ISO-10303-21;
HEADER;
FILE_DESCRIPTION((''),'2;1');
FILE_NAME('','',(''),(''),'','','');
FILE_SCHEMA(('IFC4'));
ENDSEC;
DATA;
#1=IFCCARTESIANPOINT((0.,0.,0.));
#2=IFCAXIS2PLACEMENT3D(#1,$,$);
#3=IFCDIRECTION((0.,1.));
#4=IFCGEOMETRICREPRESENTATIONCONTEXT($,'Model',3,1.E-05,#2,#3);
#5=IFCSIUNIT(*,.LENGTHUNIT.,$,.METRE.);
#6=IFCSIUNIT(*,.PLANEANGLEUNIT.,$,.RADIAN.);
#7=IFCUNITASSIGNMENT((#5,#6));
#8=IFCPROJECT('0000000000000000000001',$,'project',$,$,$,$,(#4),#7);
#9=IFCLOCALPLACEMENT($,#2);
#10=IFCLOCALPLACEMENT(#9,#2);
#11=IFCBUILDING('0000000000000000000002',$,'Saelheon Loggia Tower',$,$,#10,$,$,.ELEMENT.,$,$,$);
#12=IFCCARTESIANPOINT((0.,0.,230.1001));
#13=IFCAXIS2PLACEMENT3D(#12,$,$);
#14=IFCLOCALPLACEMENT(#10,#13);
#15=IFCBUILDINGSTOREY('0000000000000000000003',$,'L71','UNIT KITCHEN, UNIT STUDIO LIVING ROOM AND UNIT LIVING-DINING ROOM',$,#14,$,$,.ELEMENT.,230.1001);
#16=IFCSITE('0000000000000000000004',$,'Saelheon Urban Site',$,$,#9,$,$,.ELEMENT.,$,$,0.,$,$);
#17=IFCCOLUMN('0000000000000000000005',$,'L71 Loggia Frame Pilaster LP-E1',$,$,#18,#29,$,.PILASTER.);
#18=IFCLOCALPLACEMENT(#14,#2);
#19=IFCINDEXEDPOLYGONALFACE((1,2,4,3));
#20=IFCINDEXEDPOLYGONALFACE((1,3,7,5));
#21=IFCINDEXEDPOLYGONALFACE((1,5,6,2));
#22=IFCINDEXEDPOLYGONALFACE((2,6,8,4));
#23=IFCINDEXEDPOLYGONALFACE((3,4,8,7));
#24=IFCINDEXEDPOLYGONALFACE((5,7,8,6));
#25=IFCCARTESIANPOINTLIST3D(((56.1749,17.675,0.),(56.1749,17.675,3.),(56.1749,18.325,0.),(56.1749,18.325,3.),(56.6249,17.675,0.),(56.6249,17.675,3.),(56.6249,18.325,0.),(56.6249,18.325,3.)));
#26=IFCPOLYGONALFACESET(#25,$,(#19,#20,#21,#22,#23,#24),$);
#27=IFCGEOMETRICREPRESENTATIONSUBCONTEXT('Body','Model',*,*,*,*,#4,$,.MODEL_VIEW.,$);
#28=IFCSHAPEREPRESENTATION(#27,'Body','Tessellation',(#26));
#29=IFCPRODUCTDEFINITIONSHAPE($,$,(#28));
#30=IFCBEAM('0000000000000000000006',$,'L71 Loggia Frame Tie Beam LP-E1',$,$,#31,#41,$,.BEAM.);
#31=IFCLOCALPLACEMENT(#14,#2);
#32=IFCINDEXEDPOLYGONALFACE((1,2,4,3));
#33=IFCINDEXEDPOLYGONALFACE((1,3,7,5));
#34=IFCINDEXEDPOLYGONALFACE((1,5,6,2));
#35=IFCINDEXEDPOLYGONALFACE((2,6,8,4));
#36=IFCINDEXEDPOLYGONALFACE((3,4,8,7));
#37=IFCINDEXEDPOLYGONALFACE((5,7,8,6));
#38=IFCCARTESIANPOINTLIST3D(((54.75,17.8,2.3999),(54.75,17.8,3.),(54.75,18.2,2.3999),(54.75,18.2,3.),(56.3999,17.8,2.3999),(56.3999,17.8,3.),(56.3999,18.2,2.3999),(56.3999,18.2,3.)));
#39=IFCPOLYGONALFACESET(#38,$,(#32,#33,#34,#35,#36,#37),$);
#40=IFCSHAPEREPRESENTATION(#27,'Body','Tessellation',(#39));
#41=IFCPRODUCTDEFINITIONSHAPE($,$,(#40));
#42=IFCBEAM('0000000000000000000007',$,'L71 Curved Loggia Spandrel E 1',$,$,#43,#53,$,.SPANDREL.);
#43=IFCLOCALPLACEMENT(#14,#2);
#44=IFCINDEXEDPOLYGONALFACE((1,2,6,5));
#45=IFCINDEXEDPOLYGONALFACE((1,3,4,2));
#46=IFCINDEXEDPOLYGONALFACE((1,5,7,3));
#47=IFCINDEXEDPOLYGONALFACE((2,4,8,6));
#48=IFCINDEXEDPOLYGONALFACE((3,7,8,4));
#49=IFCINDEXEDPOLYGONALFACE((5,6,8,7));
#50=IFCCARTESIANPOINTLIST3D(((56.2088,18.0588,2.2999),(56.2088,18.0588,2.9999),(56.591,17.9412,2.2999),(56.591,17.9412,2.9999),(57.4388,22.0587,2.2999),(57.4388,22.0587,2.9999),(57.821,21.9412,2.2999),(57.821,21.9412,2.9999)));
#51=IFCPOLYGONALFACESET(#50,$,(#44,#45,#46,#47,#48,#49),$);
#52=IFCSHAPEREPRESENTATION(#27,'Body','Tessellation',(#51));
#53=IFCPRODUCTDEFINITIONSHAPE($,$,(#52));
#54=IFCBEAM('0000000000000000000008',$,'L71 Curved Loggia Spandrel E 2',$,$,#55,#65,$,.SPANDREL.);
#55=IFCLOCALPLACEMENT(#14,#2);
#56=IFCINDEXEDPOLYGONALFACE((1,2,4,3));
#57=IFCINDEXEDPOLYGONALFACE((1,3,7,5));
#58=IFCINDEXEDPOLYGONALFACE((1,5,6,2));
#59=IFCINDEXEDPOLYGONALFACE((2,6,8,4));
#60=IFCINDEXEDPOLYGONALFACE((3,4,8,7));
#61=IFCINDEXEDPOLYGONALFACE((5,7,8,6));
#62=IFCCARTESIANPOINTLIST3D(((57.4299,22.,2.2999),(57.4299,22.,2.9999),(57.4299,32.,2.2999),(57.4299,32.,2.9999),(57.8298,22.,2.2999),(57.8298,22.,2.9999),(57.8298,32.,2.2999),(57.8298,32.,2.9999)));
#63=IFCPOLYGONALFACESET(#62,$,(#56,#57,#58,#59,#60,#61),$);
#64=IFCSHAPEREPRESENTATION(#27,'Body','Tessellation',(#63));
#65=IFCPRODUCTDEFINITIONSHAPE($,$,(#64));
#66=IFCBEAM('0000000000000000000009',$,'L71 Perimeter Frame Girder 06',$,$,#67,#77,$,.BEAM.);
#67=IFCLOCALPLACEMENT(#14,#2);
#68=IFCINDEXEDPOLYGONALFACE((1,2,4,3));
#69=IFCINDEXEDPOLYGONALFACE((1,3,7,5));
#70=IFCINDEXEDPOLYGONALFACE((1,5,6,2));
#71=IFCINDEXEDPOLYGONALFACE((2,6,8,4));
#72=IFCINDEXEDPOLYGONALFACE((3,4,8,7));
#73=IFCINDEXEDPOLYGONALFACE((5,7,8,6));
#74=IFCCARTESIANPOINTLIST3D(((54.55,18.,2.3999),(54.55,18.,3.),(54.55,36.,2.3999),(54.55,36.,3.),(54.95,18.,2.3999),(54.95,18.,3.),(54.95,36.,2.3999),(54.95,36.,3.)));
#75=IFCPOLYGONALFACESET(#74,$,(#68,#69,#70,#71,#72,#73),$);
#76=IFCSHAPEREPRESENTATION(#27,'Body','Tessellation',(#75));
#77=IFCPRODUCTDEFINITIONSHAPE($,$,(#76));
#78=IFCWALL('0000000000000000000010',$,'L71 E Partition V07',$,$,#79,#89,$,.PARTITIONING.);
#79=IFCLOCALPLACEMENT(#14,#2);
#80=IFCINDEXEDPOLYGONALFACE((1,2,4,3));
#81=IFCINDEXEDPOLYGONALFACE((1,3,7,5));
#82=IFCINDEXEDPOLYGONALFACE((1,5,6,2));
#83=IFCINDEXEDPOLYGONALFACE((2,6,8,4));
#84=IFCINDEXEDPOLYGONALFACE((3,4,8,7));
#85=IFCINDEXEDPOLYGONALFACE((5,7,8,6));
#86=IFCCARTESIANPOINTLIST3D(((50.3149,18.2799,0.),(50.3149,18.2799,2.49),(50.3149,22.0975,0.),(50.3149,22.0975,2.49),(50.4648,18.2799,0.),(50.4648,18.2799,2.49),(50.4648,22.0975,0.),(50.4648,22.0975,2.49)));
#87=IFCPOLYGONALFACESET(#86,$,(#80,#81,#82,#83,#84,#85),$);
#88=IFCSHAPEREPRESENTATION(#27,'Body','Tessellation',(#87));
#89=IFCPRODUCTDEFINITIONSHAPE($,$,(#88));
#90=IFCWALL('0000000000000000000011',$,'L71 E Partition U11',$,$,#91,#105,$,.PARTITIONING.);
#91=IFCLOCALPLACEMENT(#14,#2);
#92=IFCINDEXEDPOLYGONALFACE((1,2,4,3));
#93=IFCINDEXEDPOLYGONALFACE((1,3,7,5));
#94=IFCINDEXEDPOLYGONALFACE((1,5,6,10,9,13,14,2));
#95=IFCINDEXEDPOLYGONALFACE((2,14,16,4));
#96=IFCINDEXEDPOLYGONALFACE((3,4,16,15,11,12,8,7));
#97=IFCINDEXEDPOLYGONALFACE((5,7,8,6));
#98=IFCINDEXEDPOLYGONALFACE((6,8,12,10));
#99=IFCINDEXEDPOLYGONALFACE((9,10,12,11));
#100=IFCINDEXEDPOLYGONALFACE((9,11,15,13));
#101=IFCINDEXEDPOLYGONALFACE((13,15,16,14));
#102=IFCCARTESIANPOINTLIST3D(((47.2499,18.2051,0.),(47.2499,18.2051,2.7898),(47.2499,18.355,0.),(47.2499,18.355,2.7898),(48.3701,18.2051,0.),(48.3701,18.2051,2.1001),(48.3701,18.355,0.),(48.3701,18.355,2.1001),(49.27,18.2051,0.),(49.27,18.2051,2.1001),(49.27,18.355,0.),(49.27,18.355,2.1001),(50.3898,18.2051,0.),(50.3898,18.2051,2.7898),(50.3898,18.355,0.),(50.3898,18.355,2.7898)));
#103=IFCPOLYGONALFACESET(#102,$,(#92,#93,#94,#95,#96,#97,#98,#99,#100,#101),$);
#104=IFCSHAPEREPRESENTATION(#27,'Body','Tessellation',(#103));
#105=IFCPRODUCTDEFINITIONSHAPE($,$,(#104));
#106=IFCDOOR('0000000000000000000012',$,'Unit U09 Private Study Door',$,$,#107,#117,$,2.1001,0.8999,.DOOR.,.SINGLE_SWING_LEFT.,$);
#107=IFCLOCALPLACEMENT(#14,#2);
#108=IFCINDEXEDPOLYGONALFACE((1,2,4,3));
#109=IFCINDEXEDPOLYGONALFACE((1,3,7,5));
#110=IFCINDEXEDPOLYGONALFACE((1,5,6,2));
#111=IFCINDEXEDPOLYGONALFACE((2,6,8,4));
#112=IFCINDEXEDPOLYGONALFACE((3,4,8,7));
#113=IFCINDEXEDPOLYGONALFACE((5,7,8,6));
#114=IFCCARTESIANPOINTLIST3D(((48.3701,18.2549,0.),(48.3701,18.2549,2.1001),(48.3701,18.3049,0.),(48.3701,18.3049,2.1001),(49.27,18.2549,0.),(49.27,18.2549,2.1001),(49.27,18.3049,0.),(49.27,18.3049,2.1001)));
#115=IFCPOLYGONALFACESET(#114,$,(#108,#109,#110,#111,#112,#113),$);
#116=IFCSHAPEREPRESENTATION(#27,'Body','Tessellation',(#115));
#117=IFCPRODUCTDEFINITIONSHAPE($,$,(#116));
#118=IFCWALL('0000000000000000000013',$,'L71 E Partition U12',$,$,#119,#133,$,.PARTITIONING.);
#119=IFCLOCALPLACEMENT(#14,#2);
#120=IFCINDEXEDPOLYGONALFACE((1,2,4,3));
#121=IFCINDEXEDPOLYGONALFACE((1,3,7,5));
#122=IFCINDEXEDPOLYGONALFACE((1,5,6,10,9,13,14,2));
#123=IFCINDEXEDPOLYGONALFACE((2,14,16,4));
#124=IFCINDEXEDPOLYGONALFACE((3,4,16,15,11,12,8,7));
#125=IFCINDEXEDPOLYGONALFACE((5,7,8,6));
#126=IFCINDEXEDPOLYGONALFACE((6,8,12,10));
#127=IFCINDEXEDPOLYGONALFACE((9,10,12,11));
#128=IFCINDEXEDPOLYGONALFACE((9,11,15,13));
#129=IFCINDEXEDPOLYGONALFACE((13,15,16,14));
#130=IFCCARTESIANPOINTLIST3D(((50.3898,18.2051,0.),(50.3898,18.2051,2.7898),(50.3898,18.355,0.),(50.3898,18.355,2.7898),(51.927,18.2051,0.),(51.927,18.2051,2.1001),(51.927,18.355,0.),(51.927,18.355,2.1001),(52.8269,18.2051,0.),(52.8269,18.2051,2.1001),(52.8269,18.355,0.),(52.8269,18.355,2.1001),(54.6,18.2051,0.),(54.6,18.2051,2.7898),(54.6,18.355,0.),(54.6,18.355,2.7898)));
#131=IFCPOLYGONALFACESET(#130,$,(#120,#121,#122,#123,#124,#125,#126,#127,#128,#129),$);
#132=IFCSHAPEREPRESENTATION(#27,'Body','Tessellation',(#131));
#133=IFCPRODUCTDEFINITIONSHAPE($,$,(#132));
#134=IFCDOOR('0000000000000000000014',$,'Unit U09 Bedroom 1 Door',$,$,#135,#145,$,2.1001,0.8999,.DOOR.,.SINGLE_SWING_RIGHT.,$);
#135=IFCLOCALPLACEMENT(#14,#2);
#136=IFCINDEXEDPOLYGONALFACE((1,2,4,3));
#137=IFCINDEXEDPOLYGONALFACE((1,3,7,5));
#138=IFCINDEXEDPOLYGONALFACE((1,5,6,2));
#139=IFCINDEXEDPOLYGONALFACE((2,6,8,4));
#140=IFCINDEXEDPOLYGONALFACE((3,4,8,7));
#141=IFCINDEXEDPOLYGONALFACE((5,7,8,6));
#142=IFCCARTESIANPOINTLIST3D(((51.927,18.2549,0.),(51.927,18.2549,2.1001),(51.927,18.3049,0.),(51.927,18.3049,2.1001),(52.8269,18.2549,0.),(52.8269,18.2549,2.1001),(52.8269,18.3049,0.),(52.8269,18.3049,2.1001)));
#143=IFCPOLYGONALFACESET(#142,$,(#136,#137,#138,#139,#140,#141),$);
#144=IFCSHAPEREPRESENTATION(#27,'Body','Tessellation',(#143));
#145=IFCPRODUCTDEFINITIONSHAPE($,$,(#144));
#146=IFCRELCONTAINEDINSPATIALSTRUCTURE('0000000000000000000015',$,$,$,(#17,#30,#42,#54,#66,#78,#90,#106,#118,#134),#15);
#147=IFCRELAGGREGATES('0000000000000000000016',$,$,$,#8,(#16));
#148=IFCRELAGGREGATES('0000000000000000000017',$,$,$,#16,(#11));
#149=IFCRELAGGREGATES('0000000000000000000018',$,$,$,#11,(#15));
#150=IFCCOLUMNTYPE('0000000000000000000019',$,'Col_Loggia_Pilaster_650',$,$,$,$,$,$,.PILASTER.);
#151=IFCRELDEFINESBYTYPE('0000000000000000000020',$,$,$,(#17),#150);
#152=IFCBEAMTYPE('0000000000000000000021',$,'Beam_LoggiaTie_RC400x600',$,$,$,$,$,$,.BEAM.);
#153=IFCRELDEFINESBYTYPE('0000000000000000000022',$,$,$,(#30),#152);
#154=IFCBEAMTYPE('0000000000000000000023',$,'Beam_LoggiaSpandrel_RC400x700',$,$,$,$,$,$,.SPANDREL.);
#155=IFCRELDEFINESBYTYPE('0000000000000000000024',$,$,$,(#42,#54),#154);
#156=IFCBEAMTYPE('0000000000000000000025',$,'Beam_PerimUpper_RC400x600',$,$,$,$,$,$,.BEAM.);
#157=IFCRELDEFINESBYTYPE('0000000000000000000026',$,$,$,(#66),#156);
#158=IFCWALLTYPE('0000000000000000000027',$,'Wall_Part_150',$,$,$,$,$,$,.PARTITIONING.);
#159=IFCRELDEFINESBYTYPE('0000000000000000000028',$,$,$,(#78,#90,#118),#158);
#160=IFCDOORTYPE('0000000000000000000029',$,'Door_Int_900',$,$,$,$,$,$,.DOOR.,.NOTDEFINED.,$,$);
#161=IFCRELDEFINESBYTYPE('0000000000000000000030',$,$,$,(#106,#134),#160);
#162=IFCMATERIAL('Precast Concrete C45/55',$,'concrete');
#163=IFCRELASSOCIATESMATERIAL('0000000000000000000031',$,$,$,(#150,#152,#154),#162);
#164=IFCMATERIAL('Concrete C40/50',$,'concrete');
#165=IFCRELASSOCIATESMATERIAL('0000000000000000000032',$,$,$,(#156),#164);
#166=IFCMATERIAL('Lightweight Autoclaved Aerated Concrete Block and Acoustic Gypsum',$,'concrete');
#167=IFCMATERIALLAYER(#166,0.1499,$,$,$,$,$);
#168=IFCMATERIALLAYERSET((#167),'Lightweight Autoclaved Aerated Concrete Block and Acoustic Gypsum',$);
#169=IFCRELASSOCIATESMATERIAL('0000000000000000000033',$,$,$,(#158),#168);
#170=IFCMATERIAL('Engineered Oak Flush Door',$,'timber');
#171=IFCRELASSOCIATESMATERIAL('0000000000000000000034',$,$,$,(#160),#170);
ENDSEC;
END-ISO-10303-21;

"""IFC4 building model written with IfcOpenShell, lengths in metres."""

from ifc_helpers import new_model, si_unit, direction, frame, frame_2d, origin, origin_2d, place, context, subcontext, project, spatial, rectangle, extrude, source, transform, mapped, material, layer, layer_set, material_profile, profile_set, type_object, element, fill, save


model = new_model("IFC4")

# Units and contexts
model_context = context("Model", 3, precision=1e-05, world=origin(), true_north=direction((0.0, 1.0)))
body_context = subcontext(model_context, "Body", "Model", "MODEL_VIEW")
ifc_project = project(units=[si_unit("LENGTHUNIT", "METRE"), si_unit("PLANEANGLEUNIT", "RADIAN")], contexts=[model_context])

# Site, building, storey
site_placement = place(None, origin())
site = spatial("IfcSite", under=ifc_project, at=site_placement, Name="Saelheon Urban Site", CompositionType="ELEMENT", RefElevation=0.0)
building_placement = place(site_placement, origin())
building = spatial("IfcBuilding", under=site, at=building_placement, Name="Saelheon Loggia Tower", CompositionType="ELEMENT")
storey_placement = place(building_placement, frame((0.0, 0.0, 230.1001)))
storey = spatial("IfcBuildingStorey", under=building, at=storey_placement, Name="L71", Description="UNIT KITCHEN, UNIT STUDIO LIVING ROOM AND UNIT LIVING-DINING ROOM", CompositionType="ELEMENT", Elevation=230.1001)

# Column
ifc_material_1 = material(Name="Precast Concrete C45/55", Category="concrete")
ifc_material_profile_1 = material_profile(ifc_material_1, rectangle(XDim=0.45, YDim=0.6499, at=origin_2d()), Name="RC-450x650")
ifc_profile_set_1 = profile_set([ifc_material_profile_1], Name="Precast Concrete C45/55")
column_type = type_object("IfcColumnType", Name="Col_Loggia_Pilaster_650", PredefinedType="PILASTER", material=ifc_profile_set_1)
shared_shape_1 = source(origin(), body_context, "Body", "SweptSolid", [
    extrude(rectangle(XDim=0.45, YDim=0.6499, at=origin_2d()), origin(), (0.0, 0.0, 1.0), 3.0),
])
column_placement = place(storey_placement, frame((56.3999, 18.0, 0.0), z_axis=(0.0, 0.0, 1.0), x_axis=(1.0, 0.0, 0.0)))
element("IfcColumn", 1, at=column_placement, inside=storey, type_object=column_type, Name="L71 Loggia Frame Pilaster LP-E1", PredefinedType="PILASTER", context=body_context, shape_type="MappedRepresentation", body=[
    mapped(shared_shape_1, transform((0.0, 0.0, 0.0), scale=1.0)),
])

# Beams
ifc_material_profile_2 = material_profile(ifc_material_1, rectangle(XDim=0.3999, YDim=0.6001, at=origin_2d()), Name="RC-400x600")
ifc_profile_set_2 = profile_set([ifc_material_profile_2], Name="Precast Concrete C45/55")
beam_type_1 = type_object("IfcBeamType", Name="Beam_LoggiaTie_RC400x600", PredefinedType="BEAM", material=ifc_profile_set_2)
shared_shape_2 = source(origin(), body_context, "Body", "SweptSolid", [
    extrude(rectangle(XDim=0.3999, YDim=0.6001, at=origin_2d()), origin(), (0.0, 0.0, 1.0), 1.6499),
])
beam_1_placement = place(storey_placement, frame((54.75, 18.0, 2.7), z_axis=(1.0, 0.0, 0.0), x_axis=(0.0, 1.0, 0.0)))
element("IfcBeam", 2, at=beam_1_placement, inside=storey, type_object=beam_type_1, Name="L71 Loggia Frame Tie Beam LP-E1", PredefinedType="BEAM", context=body_context, shape_type="MappedRepresentation", body=[
    mapped(shared_shape_2, transform((0.0, 0.0, 0.0), scale=1.0)),
])
ifc_material_profile_3 = material_profile(ifc_material_1, rectangle(XDim=0.3999, YDim=0.7, at=origin_2d()), Name="RC-400x700")
ifc_profile_set_3 = profile_set([ifc_material_profile_3], Name="Precast Concrete C45/55")
beam_type_2 = type_object("IfcBeamType", Name="Beam_LoggiaSpandrel_RC400x700", PredefinedType="SPANDREL", material=ifc_profile_set_3)
shared_shape_3 = source(origin(), body_context, "Body", "SweptSolid", [
    extrude(rectangle(XDim=0.3999, YDim=0.7, at=origin_2d()), origin(), (0.0, 0.0, 1.0), 4.1848),
])
beam_2_placement = place(storey_placement, frame((56.3999, 18.0, 2.6499), z_axis=(0.293914, 0.955832, 0.0), x_axis=(-0.955832, 0.293914, 0.0)))
element("IfcBeam", 3, at=beam_2_placement, inside=storey, type_object=beam_type_2, Name="L71 Curved Loggia Spandrel E 1", PredefinedType="SPANDREL", context=body_context, shape_type="MappedRepresentation", body=[
    mapped(shared_shape_3, transform((0.0, 0.0, 0.0), scale=1.0)),
])
shared_shape_4 = source(origin(), body_context, "Body", "SweptSolid", [
    extrude(rectangle(XDim=0.3999, YDim=0.7, at=origin_2d()), origin(), (0.0, 0.0, 1.0), 10.0),
])
beam_3_placement = place(storey_placement, frame((57.6299, 22.0, 2.6499), z_axis=(0.0, 1.0, 0.0), x_axis=(-1.0, 0.0, 0.0)))
element("IfcBeam", 4, at=beam_3_placement, inside=storey, type_object=beam_type_2, Name="L71 Curved Loggia Spandrel E 2", PredefinedType="SPANDREL", context=body_context, shape_type="MappedRepresentation", body=[
    mapped(shared_shape_4, transform((0.0, 0.0, 0.0), scale=1.0)),
])
ifc_material_2 = material(Name="Concrete C40/50", Category="concrete")
ifc_material_profile_4 = material_profile(ifc_material_2, rectangle(XDim=0.3999, YDim=0.6001, at=origin_2d()), Name="RC-400x600")
ifc_profile_set_4 = profile_set([ifc_material_profile_4], Name="Concrete C40/50")
beam_type_3 = type_object("IfcBeamType", Name="Beam_PerimUpper_RC400x600", PredefinedType="BEAM", material=ifc_profile_set_4)
shared_shape_5 = source(origin(), body_context, "Body", "SweptSolid", [
    extrude(rectangle(XDim=0.3999, YDim=0.6001, at=origin_2d()), origin(), (0.0, 0.0, 1.0), 18.0),
])
beam_4_placement = place(storey_placement, frame((54.75, 18.0, 2.7), z_axis=(0.0, 1.0, 0.0), x_axis=(-1.0, 0.0, 0.0)))
element("IfcBeam", 5, at=beam_4_placement, inside=storey, type_object=beam_type_3, Name="L71 Perimeter Frame Girder 06", PredefinedType="BEAM", context=body_context, shape_type="MappedRepresentation", body=[
    mapped(shared_shape_5, transform((0.0, 0.0, 0.0), scale=1.0)),
])

# Wall
ifc_material_3 = material(Name="Lightweight Autoclaved Aerated Concrete Block and Acoustic Gypsum", Category="concrete")
ifc_layer_1 = layer(ifc_material_3, 0.1499)
ifc_layer_set_1 = layer_set([ifc_layer_1], Name="Lightweight Autoclaved Aerated Concrete Block and Acoustic Gypsum")
wall_type_1 = type_object("IfcWallType", Name="Wall_Part_150", PredefinedType="PARTITIONING", material=ifc_layer_set_1)
wall_1_placement = place(storey_placement, frame((50.3899, 18.28, 0.0), z_axis=(0.0, 0.0, 1.0), x_axis=(0.0, 1.0, 0.0)))
element("IfcWall", 6, at=wall_1_placement, inside=storey, type_object=wall_type_1, Name="L71 E Partition V07", PredefinedType="PARTITIONING", context=body_context, shape_type="SweptSolid", body=[
    extrude(rectangle(XDim=3.8176, YDim=0.1499, at=frame_2d((1.9087, 0.0))), origin(), (0.0, 0.0, 1.0), 2.49),
])

# Walls, openings, doors
wall_2_placement = place(storey_placement, frame((47.25, 18.28, 0.0), z_axis=(0.0, 0.0, 1.0), x_axis=(1.0, 0.0, 0.0)))
wall_2 = element("IfcWall", 7, at=wall_2_placement, inside=storey, type_object=wall_type_1, Name="L71 E Partition U11", PredefinedType="PARTITIONING", context=body_context, shape_type="SweptSolid", body=[
    extrude(rectangle(XDim=3.1399, YDim=0.1499, at=frame_2d((1.5698, 0.0))), origin(), (0.0, 0.0, 1.0), 2.7898),
])
opening_1_placement = place(wall_2_placement, frame((1.1201, 0.0, 0.0)))
opening_1 = element("IfcOpeningElement", 8, at=opening_1_placement, cuts=wall_2, PredefinedType="OPENING", context=body_context, shape_type="SweptSolid", body=[
    extrude(rectangle(XDim=0.8999, YDim=2.1001, at=frame_2d((0.45, 1.05))), frame((0.0, 0.0869, 0.0), z_axis=(0.0, -1.0, 0.0), x_axis=(1.0, 0.0, 0.0)), (0.0, 0.0, 1.0), 0.1738),
])
ifc_material_4 = material(Name="Engineered Oak Flush Door", Category="timber")
door_type_1 = type_object("IfcDoorType", Name="Door_Int_900", OperationType="NOTDEFINED", PredefinedType="DOOR", material=ifc_material_4)
shared_shape_6 = source(origin(), body_context, "Body", "SweptSolid", [
    extrude(rectangle(XDim=0.8999, YDim=2.1001, at=frame_2d((0.45, 1.05))), frame((0.0, 0.0249, 0.0), z_axis=(0.0, -1.0, 0.0), x_axis=(1.0, 0.0, 0.0)), (0.0, 0.0, 1.0), 0.05),
])
door_1_placement = place(opening_1_placement, origin())
door_1 = element("IfcDoor", 9, at=door_1_placement, inside=storey, type_object=door_type_1, Name="Unit U09 Private Study Door", OperationType="SINGLE_SWING_LEFT", OverallHeight=2.1001, OverallWidth=0.8999, PredefinedType="DOOR", context=body_context, shape_type="MappedRepresentation", body=[
    mapped(shared_shape_6, transform((0.0, 0.0, 0.0), scale=1.0)),
])
fill(opening_1, door_1)
wall_3_placement = place(storey_placement, frame((50.3899, 18.28, 0.0), z_axis=(0.0, 0.0, 1.0), x_axis=(1.0, 0.0, 0.0)))
wall_3 = element("IfcWall", 10, at=wall_3_placement, inside=storey, type_object=wall_type_1, Name="L71 E Partition U12", PredefinedType="PARTITIONING", context=body_context, shape_type="SweptSolid", body=[
    extrude(rectangle(XDim=4.2102, YDim=0.1499, at=frame_2d((2.105, 0.0))), origin(), (0.0, 0.0, 1.0), 2.7898),
])
opening_2_placement = place(wall_3_placement, frame((1.5371, 0.0, 0.0)))
opening_2 = element("IfcOpeningElement", 11, at=opening_2_placement, cuts=wall_3, PredefinedType="OPENING", context=body_context, shape_type="SweptSolid", body=[
    extrude(rectangle(XDim=0.8999, YDim=2.1001, at=frame_2d((0.45, 1.05))), frame((0.0, 0.0869, 0.0), z_axis=(0.0, -1.0, 0.0), x_axis=(1.0, 0.0, 0.0)), (0.0, 0.0, 1.0), 0.1738),
])
door_2_placement = place(opening_2_placement, origin())
door_2 = element("IfcDoor", 12, at=door_2_placement, inside=storey, type_object=door_type_1, Name="Unit U09 Bedroom 1 Door", OperationType="SINGLE_SWING_RIGHT", OverallHeight=2.1001, OverallWidth=0.8999, PredefinedType="DOOR", context=body_context, shape_type="MappedRepresentation", body=[
    mapped(shared_shape_6, transform((0.0, 0.0, 0.0), scale=1.0)),
])
fill(opening_2, door_2)

save(model, "model.ifc")
